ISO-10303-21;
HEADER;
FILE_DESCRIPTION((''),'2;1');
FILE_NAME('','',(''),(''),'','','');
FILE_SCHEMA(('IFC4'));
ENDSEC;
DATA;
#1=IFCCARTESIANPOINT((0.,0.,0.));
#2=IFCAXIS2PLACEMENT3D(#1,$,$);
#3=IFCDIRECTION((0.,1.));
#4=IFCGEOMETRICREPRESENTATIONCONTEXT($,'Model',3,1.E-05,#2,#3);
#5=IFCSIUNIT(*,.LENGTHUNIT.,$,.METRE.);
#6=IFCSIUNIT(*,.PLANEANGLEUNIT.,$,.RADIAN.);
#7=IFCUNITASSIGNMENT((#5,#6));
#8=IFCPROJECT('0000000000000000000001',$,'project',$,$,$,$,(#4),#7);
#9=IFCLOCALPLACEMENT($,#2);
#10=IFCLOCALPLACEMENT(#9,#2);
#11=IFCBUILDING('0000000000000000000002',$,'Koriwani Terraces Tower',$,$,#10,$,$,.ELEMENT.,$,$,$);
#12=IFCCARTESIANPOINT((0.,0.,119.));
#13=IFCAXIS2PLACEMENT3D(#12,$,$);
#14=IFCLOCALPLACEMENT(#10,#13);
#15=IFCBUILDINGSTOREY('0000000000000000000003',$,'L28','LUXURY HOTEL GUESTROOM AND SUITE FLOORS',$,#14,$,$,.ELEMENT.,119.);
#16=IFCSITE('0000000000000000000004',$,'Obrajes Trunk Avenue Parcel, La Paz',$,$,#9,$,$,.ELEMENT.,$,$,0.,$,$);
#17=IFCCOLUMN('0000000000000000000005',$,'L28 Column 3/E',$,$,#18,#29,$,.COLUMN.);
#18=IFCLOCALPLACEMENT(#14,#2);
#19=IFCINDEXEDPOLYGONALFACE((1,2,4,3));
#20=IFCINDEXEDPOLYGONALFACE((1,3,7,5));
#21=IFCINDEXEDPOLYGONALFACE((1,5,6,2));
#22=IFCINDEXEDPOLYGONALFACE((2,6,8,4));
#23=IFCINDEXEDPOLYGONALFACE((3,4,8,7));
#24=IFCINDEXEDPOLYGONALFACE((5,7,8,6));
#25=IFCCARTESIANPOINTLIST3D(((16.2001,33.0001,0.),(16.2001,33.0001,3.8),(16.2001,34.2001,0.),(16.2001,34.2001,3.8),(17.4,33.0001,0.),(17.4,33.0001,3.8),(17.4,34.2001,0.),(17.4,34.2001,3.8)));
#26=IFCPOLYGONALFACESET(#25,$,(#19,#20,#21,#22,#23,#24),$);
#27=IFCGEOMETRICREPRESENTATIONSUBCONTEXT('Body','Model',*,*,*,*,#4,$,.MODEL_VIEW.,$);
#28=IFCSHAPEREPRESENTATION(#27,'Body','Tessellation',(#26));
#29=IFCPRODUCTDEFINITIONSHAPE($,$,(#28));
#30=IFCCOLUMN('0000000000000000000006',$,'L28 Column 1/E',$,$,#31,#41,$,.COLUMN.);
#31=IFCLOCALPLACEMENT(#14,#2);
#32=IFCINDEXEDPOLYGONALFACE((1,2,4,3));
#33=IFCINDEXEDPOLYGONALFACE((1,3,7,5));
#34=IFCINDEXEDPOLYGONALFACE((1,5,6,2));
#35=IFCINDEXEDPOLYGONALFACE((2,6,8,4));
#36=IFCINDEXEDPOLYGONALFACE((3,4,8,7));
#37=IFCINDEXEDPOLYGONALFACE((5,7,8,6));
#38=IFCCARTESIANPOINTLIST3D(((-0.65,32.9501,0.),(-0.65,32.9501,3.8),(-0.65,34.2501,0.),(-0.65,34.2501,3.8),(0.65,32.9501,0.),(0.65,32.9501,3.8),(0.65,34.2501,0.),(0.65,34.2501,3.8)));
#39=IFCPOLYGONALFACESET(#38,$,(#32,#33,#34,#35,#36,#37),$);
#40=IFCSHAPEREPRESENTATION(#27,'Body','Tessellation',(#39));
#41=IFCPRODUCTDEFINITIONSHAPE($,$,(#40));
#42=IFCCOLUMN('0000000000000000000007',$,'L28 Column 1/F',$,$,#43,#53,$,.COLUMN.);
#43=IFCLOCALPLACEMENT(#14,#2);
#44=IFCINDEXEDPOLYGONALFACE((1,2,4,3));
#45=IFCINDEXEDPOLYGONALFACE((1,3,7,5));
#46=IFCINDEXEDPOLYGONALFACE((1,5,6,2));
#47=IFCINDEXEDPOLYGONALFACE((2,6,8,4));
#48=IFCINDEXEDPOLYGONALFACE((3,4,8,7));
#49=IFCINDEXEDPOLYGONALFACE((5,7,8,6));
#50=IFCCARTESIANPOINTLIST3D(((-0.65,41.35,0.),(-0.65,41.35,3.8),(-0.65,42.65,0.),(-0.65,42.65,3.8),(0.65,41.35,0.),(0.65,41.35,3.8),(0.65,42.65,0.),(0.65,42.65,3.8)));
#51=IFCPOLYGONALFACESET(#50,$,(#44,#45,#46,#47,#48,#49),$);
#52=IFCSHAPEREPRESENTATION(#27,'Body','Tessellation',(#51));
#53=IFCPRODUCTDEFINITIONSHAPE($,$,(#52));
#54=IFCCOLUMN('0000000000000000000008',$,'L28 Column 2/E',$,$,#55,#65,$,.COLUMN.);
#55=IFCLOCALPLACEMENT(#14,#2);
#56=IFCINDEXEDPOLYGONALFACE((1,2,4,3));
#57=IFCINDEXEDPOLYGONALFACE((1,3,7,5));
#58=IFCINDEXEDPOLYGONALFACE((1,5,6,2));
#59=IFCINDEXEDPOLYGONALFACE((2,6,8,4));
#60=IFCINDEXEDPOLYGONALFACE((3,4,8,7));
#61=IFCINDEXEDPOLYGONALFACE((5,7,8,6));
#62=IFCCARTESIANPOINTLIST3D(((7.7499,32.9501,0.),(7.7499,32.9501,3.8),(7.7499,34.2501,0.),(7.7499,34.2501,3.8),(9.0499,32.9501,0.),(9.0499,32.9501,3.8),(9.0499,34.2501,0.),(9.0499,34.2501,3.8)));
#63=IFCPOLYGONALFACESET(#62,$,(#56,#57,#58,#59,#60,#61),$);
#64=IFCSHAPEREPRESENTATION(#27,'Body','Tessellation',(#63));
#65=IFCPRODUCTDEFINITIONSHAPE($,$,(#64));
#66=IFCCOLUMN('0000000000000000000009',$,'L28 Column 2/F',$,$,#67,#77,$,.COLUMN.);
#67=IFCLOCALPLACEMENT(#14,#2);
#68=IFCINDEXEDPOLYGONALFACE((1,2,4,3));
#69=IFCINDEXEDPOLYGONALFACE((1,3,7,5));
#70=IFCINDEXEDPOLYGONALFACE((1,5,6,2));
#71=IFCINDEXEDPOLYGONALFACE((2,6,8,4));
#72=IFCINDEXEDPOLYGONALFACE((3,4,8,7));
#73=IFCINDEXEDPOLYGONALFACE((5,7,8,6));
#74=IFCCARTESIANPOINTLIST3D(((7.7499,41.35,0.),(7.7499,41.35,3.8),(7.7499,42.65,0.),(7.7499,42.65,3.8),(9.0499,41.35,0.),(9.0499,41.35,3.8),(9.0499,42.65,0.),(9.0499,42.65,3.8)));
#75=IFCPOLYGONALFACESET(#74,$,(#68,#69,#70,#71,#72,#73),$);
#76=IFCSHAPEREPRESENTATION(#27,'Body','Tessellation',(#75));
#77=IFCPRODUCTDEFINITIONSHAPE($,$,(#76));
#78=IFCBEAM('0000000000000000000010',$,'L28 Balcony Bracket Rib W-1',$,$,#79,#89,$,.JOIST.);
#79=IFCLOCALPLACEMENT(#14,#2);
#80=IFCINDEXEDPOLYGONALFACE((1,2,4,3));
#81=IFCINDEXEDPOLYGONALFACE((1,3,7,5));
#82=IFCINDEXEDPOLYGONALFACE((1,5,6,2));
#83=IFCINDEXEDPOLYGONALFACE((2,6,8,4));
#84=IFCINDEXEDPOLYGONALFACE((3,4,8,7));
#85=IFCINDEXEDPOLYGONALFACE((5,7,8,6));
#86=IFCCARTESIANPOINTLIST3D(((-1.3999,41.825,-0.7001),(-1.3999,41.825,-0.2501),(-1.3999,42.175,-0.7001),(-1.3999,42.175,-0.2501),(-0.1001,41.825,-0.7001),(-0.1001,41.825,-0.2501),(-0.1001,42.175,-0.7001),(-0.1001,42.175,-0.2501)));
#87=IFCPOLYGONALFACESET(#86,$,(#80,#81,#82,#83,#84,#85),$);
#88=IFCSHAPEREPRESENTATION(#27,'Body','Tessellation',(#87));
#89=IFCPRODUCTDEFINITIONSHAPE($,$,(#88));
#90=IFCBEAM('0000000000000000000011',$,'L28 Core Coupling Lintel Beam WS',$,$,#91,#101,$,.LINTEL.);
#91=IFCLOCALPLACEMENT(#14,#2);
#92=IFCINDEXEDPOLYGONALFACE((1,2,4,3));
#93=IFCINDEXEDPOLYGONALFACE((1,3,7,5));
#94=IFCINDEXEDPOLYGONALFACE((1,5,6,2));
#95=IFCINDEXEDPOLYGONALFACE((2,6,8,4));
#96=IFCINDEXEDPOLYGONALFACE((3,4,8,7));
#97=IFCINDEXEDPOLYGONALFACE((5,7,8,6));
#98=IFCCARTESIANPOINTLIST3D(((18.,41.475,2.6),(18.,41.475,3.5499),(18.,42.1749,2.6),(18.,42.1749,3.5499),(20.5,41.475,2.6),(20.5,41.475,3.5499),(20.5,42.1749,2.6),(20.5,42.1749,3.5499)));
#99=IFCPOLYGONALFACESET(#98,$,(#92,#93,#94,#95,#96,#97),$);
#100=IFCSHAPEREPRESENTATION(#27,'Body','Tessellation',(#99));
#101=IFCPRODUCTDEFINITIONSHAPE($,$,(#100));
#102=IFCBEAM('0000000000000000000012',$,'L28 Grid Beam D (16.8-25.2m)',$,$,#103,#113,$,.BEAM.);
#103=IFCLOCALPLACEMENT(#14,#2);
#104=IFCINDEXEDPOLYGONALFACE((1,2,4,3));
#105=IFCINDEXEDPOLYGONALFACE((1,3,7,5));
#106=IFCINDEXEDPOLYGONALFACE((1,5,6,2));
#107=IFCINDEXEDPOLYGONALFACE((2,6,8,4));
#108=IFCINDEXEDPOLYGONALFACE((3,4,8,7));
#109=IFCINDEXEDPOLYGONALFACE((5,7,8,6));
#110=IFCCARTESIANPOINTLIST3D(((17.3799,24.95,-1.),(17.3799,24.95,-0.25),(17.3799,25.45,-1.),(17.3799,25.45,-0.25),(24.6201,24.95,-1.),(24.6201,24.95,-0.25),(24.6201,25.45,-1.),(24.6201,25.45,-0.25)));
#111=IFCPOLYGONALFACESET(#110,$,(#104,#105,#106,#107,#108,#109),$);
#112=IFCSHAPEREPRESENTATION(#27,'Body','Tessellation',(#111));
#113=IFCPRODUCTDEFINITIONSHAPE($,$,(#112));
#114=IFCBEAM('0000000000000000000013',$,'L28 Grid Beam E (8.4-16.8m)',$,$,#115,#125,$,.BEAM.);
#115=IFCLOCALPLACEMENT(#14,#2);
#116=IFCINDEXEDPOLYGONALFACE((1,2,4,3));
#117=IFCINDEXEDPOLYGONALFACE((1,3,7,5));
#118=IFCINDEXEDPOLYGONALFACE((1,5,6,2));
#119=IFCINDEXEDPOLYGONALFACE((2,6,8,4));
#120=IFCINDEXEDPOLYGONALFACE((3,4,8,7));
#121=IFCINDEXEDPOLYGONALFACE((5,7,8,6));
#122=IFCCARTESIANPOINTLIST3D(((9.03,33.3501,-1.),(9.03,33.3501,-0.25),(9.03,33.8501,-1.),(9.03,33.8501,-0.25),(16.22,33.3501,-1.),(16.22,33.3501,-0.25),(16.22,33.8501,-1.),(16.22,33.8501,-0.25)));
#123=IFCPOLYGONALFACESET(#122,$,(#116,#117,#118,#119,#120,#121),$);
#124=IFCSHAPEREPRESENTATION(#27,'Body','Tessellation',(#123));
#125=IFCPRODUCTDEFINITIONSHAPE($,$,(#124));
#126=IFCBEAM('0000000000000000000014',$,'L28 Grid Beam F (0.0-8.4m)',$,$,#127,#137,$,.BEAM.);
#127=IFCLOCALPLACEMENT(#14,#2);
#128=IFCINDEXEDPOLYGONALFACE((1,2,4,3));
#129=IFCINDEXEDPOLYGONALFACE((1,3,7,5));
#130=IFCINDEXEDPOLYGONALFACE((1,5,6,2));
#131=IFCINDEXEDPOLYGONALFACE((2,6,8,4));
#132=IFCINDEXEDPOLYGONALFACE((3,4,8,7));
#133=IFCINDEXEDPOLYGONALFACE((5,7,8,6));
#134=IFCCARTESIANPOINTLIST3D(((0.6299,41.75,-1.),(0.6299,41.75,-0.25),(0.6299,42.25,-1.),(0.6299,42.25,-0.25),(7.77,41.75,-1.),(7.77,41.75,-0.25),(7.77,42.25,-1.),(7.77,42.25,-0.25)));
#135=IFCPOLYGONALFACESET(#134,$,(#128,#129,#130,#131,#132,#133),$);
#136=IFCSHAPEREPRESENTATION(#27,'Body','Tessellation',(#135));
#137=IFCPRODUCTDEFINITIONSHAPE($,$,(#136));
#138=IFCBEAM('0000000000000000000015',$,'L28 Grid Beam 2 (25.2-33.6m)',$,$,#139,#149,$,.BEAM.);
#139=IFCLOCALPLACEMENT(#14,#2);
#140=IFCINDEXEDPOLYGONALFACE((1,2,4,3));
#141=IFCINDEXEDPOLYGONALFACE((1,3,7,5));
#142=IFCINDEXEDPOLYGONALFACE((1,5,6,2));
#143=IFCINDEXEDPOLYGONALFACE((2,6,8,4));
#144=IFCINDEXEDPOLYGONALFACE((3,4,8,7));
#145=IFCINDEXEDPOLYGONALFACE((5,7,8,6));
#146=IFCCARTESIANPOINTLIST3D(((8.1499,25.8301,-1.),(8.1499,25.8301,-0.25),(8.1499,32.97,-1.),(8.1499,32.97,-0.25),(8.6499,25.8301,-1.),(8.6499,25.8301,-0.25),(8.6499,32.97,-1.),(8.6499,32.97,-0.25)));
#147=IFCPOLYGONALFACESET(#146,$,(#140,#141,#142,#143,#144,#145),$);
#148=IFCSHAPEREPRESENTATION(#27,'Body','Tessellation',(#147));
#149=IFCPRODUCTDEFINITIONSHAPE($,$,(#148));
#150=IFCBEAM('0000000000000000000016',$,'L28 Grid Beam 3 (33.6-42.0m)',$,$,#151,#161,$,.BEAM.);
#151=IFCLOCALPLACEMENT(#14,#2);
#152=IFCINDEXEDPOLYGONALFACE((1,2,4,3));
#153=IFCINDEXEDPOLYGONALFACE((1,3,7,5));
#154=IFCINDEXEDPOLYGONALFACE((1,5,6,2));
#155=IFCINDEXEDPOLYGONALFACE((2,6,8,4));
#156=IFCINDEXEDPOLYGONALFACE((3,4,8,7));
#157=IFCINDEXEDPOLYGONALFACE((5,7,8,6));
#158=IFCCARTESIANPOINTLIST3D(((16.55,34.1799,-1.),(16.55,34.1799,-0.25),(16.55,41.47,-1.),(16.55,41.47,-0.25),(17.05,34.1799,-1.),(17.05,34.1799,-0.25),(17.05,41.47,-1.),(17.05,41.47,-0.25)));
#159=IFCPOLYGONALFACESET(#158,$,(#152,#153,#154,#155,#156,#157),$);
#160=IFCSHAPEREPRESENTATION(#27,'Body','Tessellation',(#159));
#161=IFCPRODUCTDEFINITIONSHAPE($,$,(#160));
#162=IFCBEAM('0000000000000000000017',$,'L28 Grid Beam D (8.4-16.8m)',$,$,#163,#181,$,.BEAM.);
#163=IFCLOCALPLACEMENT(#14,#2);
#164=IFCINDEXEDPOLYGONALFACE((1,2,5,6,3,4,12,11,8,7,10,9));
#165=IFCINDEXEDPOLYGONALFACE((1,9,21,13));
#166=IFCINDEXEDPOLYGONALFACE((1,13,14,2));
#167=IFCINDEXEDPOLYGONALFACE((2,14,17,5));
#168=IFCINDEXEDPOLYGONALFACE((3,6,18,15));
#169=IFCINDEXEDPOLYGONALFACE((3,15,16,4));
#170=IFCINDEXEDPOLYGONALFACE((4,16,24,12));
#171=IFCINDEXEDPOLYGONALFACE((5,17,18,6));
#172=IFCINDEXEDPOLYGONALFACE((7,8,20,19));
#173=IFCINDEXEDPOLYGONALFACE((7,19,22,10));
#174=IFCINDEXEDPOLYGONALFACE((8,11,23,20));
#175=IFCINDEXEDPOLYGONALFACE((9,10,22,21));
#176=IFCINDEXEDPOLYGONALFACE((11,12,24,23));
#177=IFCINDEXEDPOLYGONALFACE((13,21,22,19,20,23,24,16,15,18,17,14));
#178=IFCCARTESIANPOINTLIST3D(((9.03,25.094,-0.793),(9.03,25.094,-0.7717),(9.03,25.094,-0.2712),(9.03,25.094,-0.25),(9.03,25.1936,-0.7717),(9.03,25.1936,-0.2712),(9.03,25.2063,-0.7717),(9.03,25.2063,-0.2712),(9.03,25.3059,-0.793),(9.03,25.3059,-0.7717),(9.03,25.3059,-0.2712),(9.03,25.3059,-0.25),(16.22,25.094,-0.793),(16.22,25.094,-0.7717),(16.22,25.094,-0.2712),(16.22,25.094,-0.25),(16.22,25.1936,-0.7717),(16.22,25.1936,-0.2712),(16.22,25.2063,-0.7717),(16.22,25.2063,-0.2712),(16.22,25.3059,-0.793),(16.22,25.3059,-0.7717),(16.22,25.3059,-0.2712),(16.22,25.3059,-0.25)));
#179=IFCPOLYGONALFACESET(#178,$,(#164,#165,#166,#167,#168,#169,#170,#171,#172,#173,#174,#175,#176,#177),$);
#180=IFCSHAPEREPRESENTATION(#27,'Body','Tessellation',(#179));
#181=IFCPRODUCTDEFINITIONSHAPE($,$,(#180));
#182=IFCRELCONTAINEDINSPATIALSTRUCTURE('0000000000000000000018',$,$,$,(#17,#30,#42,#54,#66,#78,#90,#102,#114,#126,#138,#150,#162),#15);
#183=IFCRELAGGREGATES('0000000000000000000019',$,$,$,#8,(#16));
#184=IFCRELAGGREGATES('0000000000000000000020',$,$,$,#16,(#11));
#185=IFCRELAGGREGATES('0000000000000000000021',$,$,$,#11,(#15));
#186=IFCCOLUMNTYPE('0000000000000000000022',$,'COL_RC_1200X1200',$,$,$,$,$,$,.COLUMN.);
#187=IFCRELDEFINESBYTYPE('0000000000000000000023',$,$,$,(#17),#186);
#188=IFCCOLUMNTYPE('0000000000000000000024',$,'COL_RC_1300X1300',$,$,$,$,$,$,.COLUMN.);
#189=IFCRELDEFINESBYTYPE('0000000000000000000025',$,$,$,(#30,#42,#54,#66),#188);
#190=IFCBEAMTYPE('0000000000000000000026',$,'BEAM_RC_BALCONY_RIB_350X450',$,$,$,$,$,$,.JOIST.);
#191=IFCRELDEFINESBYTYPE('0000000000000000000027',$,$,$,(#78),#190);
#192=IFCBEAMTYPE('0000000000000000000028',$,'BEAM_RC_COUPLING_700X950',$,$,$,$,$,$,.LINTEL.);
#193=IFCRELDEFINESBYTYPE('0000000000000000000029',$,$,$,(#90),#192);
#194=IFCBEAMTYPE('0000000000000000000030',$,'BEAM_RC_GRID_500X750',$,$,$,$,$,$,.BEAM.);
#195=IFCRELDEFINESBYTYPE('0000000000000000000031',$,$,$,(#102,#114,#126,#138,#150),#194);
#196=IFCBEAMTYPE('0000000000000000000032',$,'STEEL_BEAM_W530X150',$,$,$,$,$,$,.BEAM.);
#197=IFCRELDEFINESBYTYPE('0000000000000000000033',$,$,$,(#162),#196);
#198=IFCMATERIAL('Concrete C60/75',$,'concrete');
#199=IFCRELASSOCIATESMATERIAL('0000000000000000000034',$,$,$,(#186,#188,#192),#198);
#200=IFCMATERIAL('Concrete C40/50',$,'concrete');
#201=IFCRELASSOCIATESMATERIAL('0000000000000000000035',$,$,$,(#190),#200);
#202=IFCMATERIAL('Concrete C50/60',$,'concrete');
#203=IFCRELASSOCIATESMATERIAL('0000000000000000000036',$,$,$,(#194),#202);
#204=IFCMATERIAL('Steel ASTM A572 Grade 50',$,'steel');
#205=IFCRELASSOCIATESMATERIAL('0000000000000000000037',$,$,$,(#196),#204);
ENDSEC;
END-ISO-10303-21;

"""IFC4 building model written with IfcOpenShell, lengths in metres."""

from ifc_helpers import new_model, si_unit, direction, frame, origin, origin_2d, place, context, subcontext, project, spatial, rectangle, i_section, extrude, material, material_profile, profile_set, type_object, element, save


model = new_model("IFC4")

# Units and contexts
model_context = context("Model", 3, precision=1e-05, world=origin(), true_north=direction((0.0, 1.0)))
body_context = subcontext(model_context, "Body", "Model", "MODEL_VIEW")
ifc_project = project(units=[si_unit("LENGTHUNIT", "METRE"), si_unit("PLANEANGLEUNIT", "RADIAN")], contexts=[model_context])

# Site, building, storey
site_placement = place(None, origin())
site = spatial("IfcSite", under=ifc_project, at=site_placement, Name="Obrajes Trunk Avenue Parcel, La Paz", CompositionType="ELEMENT", RefElevation=0.0)
building_placement = place(site_placement, origin())
building = spatial("IfcBuilding", under=site, at=building_placement, Name="Koriwani Terraces Tower", CompositionType="ELEMENT")
storey_placement = place(building_placement, frame((0.0, 0.0, 119.0)))
storey = spatial("IfcBuildingStorey", under=building, at=storey_placement, Name="L28", Description="LUXURY HOTEL GUESTROOM AND SUITE FLOORS", CompositionType="ELEMENT", Elevation=119.0)

# Columns
ifc_material_1 = material(Name="Concrete C60/75", Category="concrete")
ifc_material_profile_1 = material_profile(ifc_material_1, rectangle(XDim=1.2, YDim=1.2, at=origin_2d()), Name="Concrete C60/75", Category="LoadBearing")
ifc_profile_set_1 = profile_set([ifc_material_profile_1], Name="Concrete C60/75")
column_type_1 = type_object("IfcColumnType", Name="COL_RC_1200X1200", PredefinedType="COLUMN", material=ifc_profile_set_1)
column_placement = place(storey_placement, frame((16.8, 33.6001, 0.0), z_axis=(0.0, 0.0, 1.0), x_axis=(1.0, 0.0, 0.0)))
element("IfcColumn", 1, at=column_placement, inside=storey, type_object=column_type_1, Name="L28 Column 3/E", PredefinedType="COLUMN", context=body_context, shape_type="SweptSolid", body=[
    extrude(rectangle(XDim=1.2, YDim=1.2, at=origin_2d()), origin(), (0.0, 0.0, 1.0), 3.8),
])
ifc_material_profile_2 = material_profile(ifc_material_1, rectangle(XDim=1.3, YDim=1.3, at=origin_2d()), Name="Concrete C60/75", Category="LoadBearing")
ifc_profile_set_2 = profile_set([ifc_material_profile_2], Name="Concrete C60/75")
column_type_2 = type_object("IfcColumnType", Name="COL_RC_1300X1300", PredefinedType="COLUMN", material=ifc_profile_set_2)
for number, where, z_axis, x_axis, name in (
    (2, (0.0, 33.6001, 0.0), (0.0, 0.0, 1.0), (1.0, 0.0, 0.0), "L28 Column 1/E"),
    (3, (0.0, 42.0, 0.0), (0.0, 0.0, 1.0), (1.0, 0.0, 0.0), "L28 Column 1/F"),
    (4, (8.3999, 33.6001, 0.0), (0.0, 0.0, 1.0), (1.0, 0.0, 0.0), "L28 Column 2/E"),
    (5, (8.3999, 42.0, 0.0), (0.0, 0.0, 1.0), (1.0, 0.0, 0.0), "L28 Column 2/F"),
):
    element("IfcColumn", number, at=place(storey_placement, frame(where, z_axis=z_axis, x_axis=x_axis)), inside=storey, type_object=column_type_2, Name=name, PredefinedType="COLUMN", context=body_context, shape_type="SweptSolid", body=[
        extrude(rectangle(XDim=1.3, YDim=1.3, at=origin_2d()), origin(), (0.0, 0.0, 1.0), 3.8),
    ])

# Beams
ifc_material_2 = material(Name="Concrete C40/50", Category="concrete")
ifc_material_profile_3 = material_profile(ifc_material_2, rectangle(XDim=0.3501, YDim=0.45, at=origin_2d()), Name="Concrete C40/50", Category="LoadBearing")
ifc_profile_set_3 = profile_set([ifc_material_profile_3], Name="Concrete C40/50")
beam_type_1 = type_object("IfcBeamType", Name="BEAM_RC_BALCONY_RIB_350X450", PredefinedType="JOIST", material=ifc_profile_set_3)
beam_1_placement = place(storey_placement, frame((-1.3999, 42.0, -0.4751), z_axis=(1.0, 0.0, 0.0), x_axis=(0.0, 1.0, 0.0)))
element("IfcBeam", 6, at=beam_1_placement, inside=storey, type_object=beam_type_1, Name="L28 Balcony Bracket Rib W-1", PredefinedType="JOIST", context=body_context, shape_type="SweptSolid", body=[
    extrude(rectangle(XDim=0.3501, YDim=0.45, at=origin_2d()), origin(), (0.0, 0.0, 1.0), 1.2998),
])
ifc_material_profile_4 = material_profile(ifc_material_1, rectangle(XDim=0.7, YDim=0.95, at=origin_2d()), Name="Concrete C60/75", Category="LoadBearing")
ifc_profile_set_4 = profile_set([ifc_material_profile_4], Name="Concrete C60/75")
beam_type_2 = type_object("IfcBeamType", Name="BEAM_RC_COUPLING_700X950", PredefinedType="LINTEL", material=ifc_profile_set_4)
beam_2_placement = place(storey_placement, frame((18.0, 41.825, 3.075), z_axis=(1.0, 0.0, 0.0), x_axis=(0.0, 1.0, 0.0)))
element("IfcBeam", 7, at=beam_2_placement, inside=storey, type_object=beam_type_2, Name="L28 Core Coupling Lintel Beam WS", PredefinedType="LINTEL", context=body_context, shape_type="SweptSolid", body=[
    extrude(rectangle(XDim=0.7, YDim=0.95, at=origin_2d()), origin(), (0.0, 0.0, 1.0), 2.5),
])
ifc_material_3 = material(Name="Concrete C50/60", Category="concrete")
ifc_material_profile_5 = material_profile(ifc_material_3, rectangle(XDim=0.5, YDim=0.75, at=origin_2d()), Name="Concrete C50/60", Category="LoadBearing")
ifc_profile_set_5 = profile_set([ifc_material_profile_5], Name="Concrete C50/60")
beam_type_3 = type_object("IfcBeamType", Name="BEAM_RC_GRID_500X750", PredefinedType="BEAM", material=ifc_profile_set_5)
beam_3_placement = place(storey_placement, frame((17.3799, 25.2, -0.625), z_axis=(1.0, 0.0, 0.0), x_axis=(0.0, 1.0, 0.0)))
element("IfcBeam", 8, at=beam_3_placement, inside=storey, type_object=beam_type_3, Name="L28 Grid Beam D (16.8-25.2m)", PredefinedType="BEAM", context=body_context, shape_type="SweptSolid", body=[
    extrude(rectangle(XDim=0.5, YDim=0.75, at=origin_2d()), origin(), (0.0, 0.0, 1.0), 7.2402),
])
beam_4_placement = place(storey_placement, frame((9.03, 33.6001, -0.625), z_axis=(1.0, 0.0, 0.0), x_axis=(0.0, 1.0, 0.0)))
element("IfcBeam", 9, at=beam_4_placement, inside=storey, type_object=beam_type_3, Name="L28 Grid Beam E (8.4-16.8m)", PredefinedType="BEAM", context=body_context, shape_type="SweptSolid", body=[
    extrude(rectangle(XDim=0.5, YDim=0.75, at=origin_2d()), origin(), (0.0, 0.0, 1.0), 7.1899),
])
beam_5_placement = place(storey_placement, frame((0.6299, 42.0, -0.625), z_axis=(1.0, 0.0, 0.0), x_axis=(0.0, 1.0, 0.0)))
element("IfcBeam", 10, at=beam_5_placement, inside=storey, type_object=beam_type_3, Name="L28 Grid Beam F (0.0-8.4m)", PredefinedType="BEAM", context=body_context, shape_type="SweptSolid", body=[
    extrude(rectangle(XDim=0.5, YDim=0.75, at=origin_2d()), origin(), (0.0, 0.0, 1.0), 7.1401),
])
beam_6_placement = place(storey_placement, frame((8.3999, 25.8301, -0.625), z_axis=(0.0, 1.0, 0.0), x_axis=(-1.0, 0.0, 0.0)))
element("IfcBeam", 11, at=beam_6_placement, inside=storey, type_object=beam_type_3, Name="L28 Grid Beam 2 (25.2-33.6m)", PredefinedType="BEAM", context=body_context, shape_type="SweptSolid", body=[
    extrude(rectangle(XDim=0.5, YDim=0.75, at=origin_2d()), origin(), (0.0, 0.0, 1.0), 7.1399),
])
beam_7_placement = place(storey_placement, frame((16.8, 34.1799, -0.625), z_axis=(0.0, 1.0, 0.0), x_axis=(-1.0, 0.0, 0.0)))
element("IfcBeam", 12, at=beam_7_placement, inside=storey, type_object=beam_type_3, Name="L28 Grid Beam 3 (33.6-42.0m)", PredefinedType="BEAM", context=body_context, shape_type="SweptSolid", body=[
    extrude(rectangle(XDim=0.5, YDim=0.75, at=origin_2d()), origin(), (0.0, 0.0, 1.0), 7.29),
])
ifc_material_4 = material(Name="Steel ASTM A572 Grade 50", Category="steel")
ifc_material_profile_6 = material_profile(ifc_material_4, i_section(OverallWidth=0.2119, OverallDepth=0.543, WebThickness=0.0127, FlangeThickness=0.0212, at=origin_2d()), Name="Steel ASTM A572 Grade 50", Category="LoadBearing")
ifc_profile_set_6 = profile_set([ifc_material_profile_6], Name="Steel ASTM A572 Grade 50")
beam_type_4 = type_object("IfcBeamType", Name="STEEL_BEAM_W530X150", PredefinedType="BEAM", material=ifc_profile_set_6)
beam_8_placement = place(storey_placement, frame((9.03, 25.2, -0.5215), z_axis=(1.0, 0.0, 0.0), x_axis=(0.0, 1.0, 0.0)))
element("IfcBeam", 13, at=beam_8_placement, inside=storey, type_object=beam_type_4, Name="L28 Grid Beam D (8.4-16.8m)", PredefinedType="BEAM", context=body_context, shape_type="SweptSolid", body=[
    extrude(i_section(OverallWidth=0.2119, OverallDepth=0.543, WebThickness=0.0127, FlangeThickness=0.0212, at=origin_2d()), origin(), (0.0, 0.0, 1.0), 7.1899),
])

save(model, "model.ifc")
